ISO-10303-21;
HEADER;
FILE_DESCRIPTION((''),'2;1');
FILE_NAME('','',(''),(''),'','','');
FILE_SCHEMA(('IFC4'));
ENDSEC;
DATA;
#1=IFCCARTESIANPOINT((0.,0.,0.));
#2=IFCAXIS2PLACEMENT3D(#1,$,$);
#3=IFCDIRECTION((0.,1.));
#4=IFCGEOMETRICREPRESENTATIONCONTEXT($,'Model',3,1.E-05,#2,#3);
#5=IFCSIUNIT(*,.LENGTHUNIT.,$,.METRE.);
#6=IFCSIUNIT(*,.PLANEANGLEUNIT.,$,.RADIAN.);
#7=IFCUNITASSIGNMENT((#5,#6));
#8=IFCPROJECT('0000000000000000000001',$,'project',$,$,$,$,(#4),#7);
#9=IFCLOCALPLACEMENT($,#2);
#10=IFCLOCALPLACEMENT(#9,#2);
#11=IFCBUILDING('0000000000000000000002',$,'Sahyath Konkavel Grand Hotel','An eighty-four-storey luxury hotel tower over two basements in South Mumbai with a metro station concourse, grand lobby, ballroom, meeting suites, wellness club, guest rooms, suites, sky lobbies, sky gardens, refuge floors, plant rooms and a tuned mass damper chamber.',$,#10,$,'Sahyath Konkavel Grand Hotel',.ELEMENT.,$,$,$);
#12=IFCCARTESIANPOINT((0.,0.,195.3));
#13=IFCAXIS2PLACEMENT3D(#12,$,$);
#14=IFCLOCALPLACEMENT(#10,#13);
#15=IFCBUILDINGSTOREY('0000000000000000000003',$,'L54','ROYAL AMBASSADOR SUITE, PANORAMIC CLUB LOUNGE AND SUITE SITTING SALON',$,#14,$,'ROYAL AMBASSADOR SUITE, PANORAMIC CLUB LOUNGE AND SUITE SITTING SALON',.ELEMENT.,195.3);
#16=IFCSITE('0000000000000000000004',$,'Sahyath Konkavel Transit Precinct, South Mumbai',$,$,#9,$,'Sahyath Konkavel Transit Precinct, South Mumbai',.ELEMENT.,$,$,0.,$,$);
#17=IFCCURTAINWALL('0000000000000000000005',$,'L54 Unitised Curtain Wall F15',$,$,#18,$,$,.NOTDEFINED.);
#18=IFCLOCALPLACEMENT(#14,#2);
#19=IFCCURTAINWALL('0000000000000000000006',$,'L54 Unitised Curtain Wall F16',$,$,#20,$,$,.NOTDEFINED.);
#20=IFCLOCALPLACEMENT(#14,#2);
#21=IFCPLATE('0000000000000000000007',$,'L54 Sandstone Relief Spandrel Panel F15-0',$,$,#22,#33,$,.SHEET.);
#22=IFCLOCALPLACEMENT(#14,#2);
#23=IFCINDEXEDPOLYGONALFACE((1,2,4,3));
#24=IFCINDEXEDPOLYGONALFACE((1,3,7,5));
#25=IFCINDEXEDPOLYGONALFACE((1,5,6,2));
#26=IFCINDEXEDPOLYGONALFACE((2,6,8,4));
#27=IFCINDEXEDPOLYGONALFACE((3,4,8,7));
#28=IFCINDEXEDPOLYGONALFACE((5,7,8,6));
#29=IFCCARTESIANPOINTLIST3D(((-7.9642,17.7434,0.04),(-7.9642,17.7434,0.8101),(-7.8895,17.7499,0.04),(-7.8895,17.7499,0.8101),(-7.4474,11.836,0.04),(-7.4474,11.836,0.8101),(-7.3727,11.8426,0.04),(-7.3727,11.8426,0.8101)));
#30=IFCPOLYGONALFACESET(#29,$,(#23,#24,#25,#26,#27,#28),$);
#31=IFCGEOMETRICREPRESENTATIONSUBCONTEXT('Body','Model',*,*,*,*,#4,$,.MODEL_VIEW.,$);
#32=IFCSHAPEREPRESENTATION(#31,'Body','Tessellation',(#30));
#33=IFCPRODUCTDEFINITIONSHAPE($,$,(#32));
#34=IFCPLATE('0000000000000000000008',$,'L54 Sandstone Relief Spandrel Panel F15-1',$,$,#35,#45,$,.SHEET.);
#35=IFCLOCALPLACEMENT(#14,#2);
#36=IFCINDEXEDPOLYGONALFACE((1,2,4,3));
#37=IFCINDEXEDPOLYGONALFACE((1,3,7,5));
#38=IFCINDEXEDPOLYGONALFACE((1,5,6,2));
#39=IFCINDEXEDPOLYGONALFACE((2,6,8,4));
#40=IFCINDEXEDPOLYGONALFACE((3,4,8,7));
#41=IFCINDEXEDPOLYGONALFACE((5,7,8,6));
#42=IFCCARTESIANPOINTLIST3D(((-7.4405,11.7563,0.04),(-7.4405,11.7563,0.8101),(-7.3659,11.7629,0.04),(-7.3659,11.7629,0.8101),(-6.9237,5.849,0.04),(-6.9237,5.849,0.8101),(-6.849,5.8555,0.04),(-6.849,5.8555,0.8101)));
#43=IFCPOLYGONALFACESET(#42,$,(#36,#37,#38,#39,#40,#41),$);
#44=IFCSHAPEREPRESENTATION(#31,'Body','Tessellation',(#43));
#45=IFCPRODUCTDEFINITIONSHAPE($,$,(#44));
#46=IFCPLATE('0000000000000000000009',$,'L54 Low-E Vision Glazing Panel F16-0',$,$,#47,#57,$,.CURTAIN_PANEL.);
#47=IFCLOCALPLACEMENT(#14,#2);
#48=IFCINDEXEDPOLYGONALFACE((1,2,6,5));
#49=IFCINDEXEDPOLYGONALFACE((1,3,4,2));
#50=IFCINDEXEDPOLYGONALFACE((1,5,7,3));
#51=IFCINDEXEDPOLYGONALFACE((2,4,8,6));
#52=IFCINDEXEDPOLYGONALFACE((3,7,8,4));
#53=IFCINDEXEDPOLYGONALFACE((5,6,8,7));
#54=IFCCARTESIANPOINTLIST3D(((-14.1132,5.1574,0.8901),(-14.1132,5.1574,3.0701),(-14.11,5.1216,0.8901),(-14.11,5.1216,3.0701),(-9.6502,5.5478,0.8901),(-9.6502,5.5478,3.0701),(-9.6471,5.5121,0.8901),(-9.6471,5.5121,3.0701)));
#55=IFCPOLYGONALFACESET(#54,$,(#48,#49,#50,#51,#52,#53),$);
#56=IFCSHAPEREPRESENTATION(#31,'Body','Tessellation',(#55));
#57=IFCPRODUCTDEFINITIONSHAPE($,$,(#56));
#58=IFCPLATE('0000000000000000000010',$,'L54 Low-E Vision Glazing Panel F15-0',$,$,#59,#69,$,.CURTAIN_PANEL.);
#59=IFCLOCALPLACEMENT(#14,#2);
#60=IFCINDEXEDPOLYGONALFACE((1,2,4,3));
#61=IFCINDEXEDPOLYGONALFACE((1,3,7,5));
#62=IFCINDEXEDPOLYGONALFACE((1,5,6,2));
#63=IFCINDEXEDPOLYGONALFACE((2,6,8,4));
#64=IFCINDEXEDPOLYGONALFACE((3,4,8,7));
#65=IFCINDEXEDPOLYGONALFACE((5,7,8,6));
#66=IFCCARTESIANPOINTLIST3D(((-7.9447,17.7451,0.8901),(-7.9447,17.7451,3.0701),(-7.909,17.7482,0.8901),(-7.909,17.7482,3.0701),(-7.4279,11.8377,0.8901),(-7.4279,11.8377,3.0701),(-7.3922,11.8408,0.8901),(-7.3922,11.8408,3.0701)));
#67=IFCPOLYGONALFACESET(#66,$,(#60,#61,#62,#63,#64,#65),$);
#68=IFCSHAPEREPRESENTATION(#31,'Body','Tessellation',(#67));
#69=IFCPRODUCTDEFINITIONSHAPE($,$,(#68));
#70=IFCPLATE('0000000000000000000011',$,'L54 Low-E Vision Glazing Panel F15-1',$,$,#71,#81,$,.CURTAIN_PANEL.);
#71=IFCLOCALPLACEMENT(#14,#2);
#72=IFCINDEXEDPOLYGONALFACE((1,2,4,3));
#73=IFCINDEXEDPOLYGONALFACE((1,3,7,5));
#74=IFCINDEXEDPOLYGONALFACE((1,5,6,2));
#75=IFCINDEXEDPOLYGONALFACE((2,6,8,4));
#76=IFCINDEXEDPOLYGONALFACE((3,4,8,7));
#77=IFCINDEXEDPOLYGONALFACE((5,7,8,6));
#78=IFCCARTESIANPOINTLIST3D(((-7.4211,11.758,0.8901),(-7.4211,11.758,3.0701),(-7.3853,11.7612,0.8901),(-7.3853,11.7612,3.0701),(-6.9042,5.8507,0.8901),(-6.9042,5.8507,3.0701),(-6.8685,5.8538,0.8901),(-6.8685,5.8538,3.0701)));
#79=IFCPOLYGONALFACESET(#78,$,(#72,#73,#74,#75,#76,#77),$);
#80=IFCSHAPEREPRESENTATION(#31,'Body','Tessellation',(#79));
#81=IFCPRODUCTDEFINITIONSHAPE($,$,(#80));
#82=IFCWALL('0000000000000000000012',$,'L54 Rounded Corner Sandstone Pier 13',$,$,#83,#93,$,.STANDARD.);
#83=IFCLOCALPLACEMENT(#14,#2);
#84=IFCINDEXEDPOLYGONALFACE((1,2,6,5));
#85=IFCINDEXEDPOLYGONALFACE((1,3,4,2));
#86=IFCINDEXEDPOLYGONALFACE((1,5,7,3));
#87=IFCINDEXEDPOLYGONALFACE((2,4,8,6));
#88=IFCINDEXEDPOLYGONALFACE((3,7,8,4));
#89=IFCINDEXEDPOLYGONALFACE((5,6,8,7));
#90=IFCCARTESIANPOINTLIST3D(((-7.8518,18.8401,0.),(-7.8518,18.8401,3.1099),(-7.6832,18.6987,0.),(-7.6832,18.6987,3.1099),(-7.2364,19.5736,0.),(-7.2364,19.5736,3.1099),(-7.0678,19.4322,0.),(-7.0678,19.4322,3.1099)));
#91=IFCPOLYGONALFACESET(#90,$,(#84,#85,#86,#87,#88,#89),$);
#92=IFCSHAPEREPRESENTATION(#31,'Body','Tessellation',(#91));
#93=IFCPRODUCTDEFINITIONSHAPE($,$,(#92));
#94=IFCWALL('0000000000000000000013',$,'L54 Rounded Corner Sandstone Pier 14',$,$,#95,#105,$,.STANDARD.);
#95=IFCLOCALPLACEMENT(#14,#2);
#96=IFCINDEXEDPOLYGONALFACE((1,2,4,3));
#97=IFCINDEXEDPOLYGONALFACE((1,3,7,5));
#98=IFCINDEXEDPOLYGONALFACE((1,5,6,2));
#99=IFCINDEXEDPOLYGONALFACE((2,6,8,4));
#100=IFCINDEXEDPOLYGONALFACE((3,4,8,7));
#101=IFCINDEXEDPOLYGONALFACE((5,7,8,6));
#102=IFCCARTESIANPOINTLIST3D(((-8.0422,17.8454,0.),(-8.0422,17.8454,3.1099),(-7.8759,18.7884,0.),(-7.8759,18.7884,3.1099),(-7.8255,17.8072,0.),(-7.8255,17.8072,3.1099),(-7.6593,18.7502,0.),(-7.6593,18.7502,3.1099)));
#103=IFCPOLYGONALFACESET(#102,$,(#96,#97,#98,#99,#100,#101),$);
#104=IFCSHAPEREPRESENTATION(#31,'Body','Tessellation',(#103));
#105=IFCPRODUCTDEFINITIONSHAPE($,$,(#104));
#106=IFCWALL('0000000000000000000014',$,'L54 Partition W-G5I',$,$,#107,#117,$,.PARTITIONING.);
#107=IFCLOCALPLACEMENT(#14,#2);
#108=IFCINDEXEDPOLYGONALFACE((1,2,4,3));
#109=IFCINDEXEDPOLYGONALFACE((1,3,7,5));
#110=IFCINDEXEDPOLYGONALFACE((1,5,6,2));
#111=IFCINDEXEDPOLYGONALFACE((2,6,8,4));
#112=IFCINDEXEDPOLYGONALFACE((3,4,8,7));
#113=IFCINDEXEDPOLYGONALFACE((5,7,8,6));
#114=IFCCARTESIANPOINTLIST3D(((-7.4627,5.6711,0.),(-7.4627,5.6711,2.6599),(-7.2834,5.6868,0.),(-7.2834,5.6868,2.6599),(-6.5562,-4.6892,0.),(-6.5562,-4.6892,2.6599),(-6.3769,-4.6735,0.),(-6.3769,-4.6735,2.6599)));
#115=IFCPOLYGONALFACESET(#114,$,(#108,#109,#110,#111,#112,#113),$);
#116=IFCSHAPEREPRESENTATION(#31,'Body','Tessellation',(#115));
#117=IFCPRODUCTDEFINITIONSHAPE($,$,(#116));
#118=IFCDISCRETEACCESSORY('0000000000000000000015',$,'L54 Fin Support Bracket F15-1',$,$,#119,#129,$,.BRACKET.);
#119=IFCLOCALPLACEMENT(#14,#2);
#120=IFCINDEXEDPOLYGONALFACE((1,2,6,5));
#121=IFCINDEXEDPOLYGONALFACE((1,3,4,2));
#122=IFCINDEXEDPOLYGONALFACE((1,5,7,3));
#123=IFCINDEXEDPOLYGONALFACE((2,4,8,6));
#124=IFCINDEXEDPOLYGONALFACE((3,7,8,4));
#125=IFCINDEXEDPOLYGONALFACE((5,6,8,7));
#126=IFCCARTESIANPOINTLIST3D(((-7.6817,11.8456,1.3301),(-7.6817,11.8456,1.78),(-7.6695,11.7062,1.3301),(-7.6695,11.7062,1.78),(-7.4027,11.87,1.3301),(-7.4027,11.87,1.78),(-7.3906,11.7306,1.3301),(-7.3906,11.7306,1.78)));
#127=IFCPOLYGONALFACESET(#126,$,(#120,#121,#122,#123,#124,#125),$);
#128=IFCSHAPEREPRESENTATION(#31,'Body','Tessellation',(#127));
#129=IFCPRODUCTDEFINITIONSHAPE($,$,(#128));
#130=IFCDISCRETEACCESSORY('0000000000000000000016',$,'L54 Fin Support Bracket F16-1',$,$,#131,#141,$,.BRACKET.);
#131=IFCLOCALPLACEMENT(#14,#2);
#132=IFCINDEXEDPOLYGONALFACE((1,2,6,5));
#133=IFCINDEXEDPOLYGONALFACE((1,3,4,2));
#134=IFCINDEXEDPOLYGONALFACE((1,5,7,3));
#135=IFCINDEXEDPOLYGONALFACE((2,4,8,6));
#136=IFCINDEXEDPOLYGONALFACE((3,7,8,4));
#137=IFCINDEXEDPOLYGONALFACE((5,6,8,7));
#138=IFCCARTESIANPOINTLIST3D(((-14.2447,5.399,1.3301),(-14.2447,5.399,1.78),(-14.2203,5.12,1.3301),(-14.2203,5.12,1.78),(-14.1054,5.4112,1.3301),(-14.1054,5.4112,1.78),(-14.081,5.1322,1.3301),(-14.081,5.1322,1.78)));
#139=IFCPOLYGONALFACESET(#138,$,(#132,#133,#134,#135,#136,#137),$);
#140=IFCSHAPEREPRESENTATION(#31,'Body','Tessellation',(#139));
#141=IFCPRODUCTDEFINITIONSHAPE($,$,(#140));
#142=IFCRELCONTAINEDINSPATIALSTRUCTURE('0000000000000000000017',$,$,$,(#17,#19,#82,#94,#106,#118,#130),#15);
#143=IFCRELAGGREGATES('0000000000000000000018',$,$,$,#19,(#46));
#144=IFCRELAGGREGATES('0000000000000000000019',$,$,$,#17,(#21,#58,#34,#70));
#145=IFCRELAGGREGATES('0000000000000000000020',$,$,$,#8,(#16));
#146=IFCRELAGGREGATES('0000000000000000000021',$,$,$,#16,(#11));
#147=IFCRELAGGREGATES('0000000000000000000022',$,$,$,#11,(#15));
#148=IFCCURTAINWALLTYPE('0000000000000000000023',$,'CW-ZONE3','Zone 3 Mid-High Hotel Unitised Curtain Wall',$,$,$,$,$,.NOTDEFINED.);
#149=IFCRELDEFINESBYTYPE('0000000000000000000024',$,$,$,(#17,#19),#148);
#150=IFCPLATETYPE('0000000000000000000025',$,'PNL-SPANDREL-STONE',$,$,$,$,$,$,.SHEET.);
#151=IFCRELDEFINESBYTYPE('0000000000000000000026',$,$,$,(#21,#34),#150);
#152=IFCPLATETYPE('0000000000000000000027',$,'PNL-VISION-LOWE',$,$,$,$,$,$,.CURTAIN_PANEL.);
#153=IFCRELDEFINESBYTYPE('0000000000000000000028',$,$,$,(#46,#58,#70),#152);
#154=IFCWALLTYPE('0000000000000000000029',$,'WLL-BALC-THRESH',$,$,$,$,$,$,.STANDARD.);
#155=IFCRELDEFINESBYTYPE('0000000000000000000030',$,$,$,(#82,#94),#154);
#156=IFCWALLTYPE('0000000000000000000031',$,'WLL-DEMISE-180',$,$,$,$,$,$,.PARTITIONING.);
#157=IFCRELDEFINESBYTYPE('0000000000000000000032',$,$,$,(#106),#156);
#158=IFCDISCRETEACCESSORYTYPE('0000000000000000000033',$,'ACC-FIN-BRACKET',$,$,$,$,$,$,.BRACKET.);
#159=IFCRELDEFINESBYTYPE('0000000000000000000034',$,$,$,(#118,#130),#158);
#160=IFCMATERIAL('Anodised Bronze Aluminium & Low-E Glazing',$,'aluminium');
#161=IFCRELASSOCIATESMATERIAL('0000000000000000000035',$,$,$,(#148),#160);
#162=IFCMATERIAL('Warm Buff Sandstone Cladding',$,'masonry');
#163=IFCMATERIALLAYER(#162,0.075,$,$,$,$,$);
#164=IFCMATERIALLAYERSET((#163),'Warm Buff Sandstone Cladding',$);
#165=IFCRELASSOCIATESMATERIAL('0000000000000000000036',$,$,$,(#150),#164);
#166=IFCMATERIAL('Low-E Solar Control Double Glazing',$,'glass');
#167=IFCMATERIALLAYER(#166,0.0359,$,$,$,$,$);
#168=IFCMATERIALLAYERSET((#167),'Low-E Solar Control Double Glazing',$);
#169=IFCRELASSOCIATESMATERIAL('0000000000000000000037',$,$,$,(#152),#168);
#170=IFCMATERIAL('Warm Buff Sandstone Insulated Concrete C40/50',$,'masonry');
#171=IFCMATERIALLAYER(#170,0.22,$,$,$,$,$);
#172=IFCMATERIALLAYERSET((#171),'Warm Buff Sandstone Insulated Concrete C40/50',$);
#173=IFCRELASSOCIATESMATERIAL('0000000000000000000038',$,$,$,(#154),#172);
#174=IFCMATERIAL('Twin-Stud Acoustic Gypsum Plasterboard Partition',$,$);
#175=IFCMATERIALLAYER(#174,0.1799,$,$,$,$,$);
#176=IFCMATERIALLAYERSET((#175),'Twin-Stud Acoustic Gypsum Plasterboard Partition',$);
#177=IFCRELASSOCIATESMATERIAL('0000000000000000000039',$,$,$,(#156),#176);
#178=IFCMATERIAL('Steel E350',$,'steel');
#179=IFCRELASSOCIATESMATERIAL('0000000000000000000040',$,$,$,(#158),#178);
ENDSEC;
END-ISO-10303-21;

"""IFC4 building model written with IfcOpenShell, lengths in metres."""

from ifc_helpers import new_model, si_unit, direction, frame, frame_2d, origin, origin_2d, place, context, subcontext, project, spatial, rectangle, extrude, source, transform, mapped, material, layer, layer_set, type_object, element, aggregate, save


model = new_model("IFC4")

# Units and contexts
model_context = context("Model", 3, precision=1e-05, world=origin(), true_north=direction((0.0, 1.0)))
body_context = subcontext(model_context, "Body", "Model", "MODEL_VIEW")
ifc_project = project(units=[si_unit("LENGTHUNIT", "METRE"), si_unit("PLANEANGLEUNIT", "RADIAN")], contexts=[model_context])

# Site, building, storey
site_placement = place(None, origin())
site = spatial("IfcSite", under=ifc_project, at=site_placement, Name="Sahyath Konkavel Transit Precinct, South Mumbai", LongName="Sahyath Konkavel Transit Precinct, South Mumbai", CompositionType="ELEMENT", RefElevation=0.0)
building_placement = place(site_placement, origin())
building = spatial("IfcBuilding", under=site, at=building_placement, Name="Sahyath Konkavel Grand Hotel", Description="An eighty-four-storey luxury hotel tower over two basements in South Mumbai with a metro station concourse, grand lobby, ballroom, meeting suites, wellness club, guest rooms, suites, sky lobbies, sky gardens, refuge floors, plant rooms and a tuned mass damper chamber.", LongName="Sahyath Konkavel Grand Hotel", CompositionType="ELEMENT")
storey_placement = place(building_placement, frame((0.0, 0.0, 195.3)))
storey = spatial("IfcBuildingStorey", under=building, at=storey_placement, Name="L54", Description="ROYAL AMBASSADOR SUITE, PANORAMIC CLUB LOUNGE AND SUITE SITTING SALON", LongName="ROYAL AMBASSADOR SUITE, PANORAMIC CLUB LOUNGE AND SUITE SITTING SALON", CompositionType="ELEMENT", Elevation=195.3)

# Shared definitions
ifc_material_1 = material(Name="Anodised Bronze Aluminium & Low-E Glazing", Category="aluminium")
curtain_wall_type = type_object("IfcCurtainWallType", Name="CW-ZONE3", Description="Zone 3 Mid-High Hotel Unitised Curtain Wall", PredefinedType="NOTDEFINED", material=ifc_material_1)

# Curtain wall
curtain_wall_1_placement = place(storey_placement, origin())
curtain_wall_1 = element("IfcCurtainWall", 1, at=curtain_wall_1_placement, inside=storey, type_object=curtain_wall_type, Name="L54 Unitised Curtain Wall F15", PredefinedType="NOTDEFINED")

# Curtain wall
curtain_wall_2_placement = place(storey_placement, origin())
curtain_wall_2 = element("IfcCurtainWall", 2, at=curtain_wall_2_placement, inside=storey, type_object=curtain_wall_type, Name="L54 Unitised Curtain Wall F16", PredefinedType="NOTDEFINED")

# Plates
ifc_material_2 = material(Name="Warm Buff Sandstone Cladding", Category="masonry")
ifc_layer_1 = layer(ifc_material_2, 0.075)
ifc_layer_set_1 = layer_set([ifc_layer_1], Name="Warm Buff Sandstone Cladding")
plate_type_1 = type_object("IfcPlateType", Name="PNL-SPANDREL-STONE", PredefinedType="SHEET", material=ifc_layer_set_1)
shared_shape_1 = source(origin(), body_context, "Body", "SweptSolid", [
    extrude(rectangle(XDim=5.9299, YDim=0.075, at=origin_2d()), origin(), (0.0, 0.0, 1.0), 0.77),
])
plate_1_placement = place(storey_placement, frame((-7.6685, 14.793, 0.04), z_axis=(0.0, 0.0, 1.0), x_axis=(0.087156, -0.996195, 0.0)))
plate_1 = element("IfcPlate", 3, at=plate_1_placement, type_object=plate_type_1, Name="L54 Sandstone Relief Spandrel Panel F15-0", PredefinedType="SHEET", context=body_context, shape_type="MappedRepresentation", body=[
    mapped(shared_shape_1, transform((0.0, 0.0, 0.0), scale=1.0)),
])
plate_2_placement = place(storey_placement, frame((-7.1448, 8.8059, 0.04), z_axis=(0.0, 0.0, 1.0), x_axis=(0.087156, -0.996195, 0.0)))
plate_2 = element("IfcPlate", 4, at=plate_2_placement, type_object=plate_type_1, Name="L54 Sandstone Relief Spandrel Panel F15-1", PredefinedType="SHEET", context=body_context, shape_type="MappedRepresentation", body=[
    mapped(shared_shape_1, transform((0.0, 0.0, 0.0), scale=1.0)),
])
ifc_material_3 = material(Name="Low-E Solar Control Double Glazing", Category="glass")
ifc_layer_2 = layer(ifc_material_3, 0.0359)
ifc_layer_set_2 = layer_set([ifc_layer_2], Name="Low-E Solar Control Double Glazing")
plate_type_2 = type_object("IfcPlateType", Name="PNL-VISION-LOWE", PredefinedType="CURTAIN_PANEL", material=ifc_layer_set_2)
shared_shape_2 = source(origin(), body_context, "Body", "SweptSolid", [
    extrude(rectangle(XDim=4.48, YDim=0.0359, at=origin_2d()), origin(), (0.0, 0.0, 1.0), 2.1799),
])
plate_3_placement = place(storey_placement, frame((-11.8801, 5.3347, 0.8901), z_axis=(0.0, 0.0, 1.0), x_axis=(-0.996195, -0.087156, 0.0)))
plate_3 = element("IfcPlate", 5, at=plate_3_placement, type_object=plate_type_2, Name="L54 Low-E Vision Glazing Panel F16-0", PredefinedType="CURTAIN_PANEL", context=body_context, shape_type="MappedRepresentation", body=[
    mapped(shared_shape_2, transform((0.0, 0.0, 0.0), scale=1.0)),
])
aggregate(curtain_wall_2, [plate_3])
shared_shape_3 = source(origin(), body_context, "Body", "SweptSolid", [
    extrude(rectangle(XDim=5.9299, YDim=0.0359, at=origin_2d()), origin(), (0.0, 0.0, 1.0), 2.1799),
])
plate_4_placement = place(storey_placement, frame((-7.6685, 14.793, 0.8901), z_axis=(0.0, 0.0, 1.0), x_axis=(0.087156, -0.996195, 0.0)))
plate_4 = element("IfcPlate", 6, at=plate_4_placement, type_object=plate_type_2, Name="L54 Low-E Vision Glazing Panel F15-0", PredefinedType="CURTAIN_PANEL", context=body_context, shape_type="MappedRepresentation", body=[
    mapped(shared_shape_3, transform((0.0, 0.0, 0.0), scale=1.0)),
])
plate_5_placement = place(storey_placement, frame((-7.1448, 8.8059, 0.8901), z_axis=(0.0, 0.0, 1.0), x_axis=(0.087156, -0.996195, 0.0)))
plate_5 = element("IfcPlate", 7, at=plate_5_placement, type_object=plate_type_2, Name="L54 Low-E Vision Glazing Panel F15-1", PredefinedType="CURTAIN_PANEL", context=body_context, shape_type="MappedRepresentation", body=[
    mapped(shared_shape_3, transform((0.0, 0.0, 0.0), scale=1.0)),
])
aggregate(curtain_wall_1, [plate_1, plate_4, plate_2, plate_5])

# Walls
ifc_material_4 = material(Name="Warm Buff Sandstone Insulated Concrete C40/50", Category="masonry")
ifc_layer_3 = layer(ifc_material_4, 0.22)
ifc_layer_set_3 = layer_set([ifc_layer_3], Name="Warm Buff Sandstone Insulated Concrete C40/50")
wall_type_1 = type_object("IfcWallType", Name="WLL-BALC-THRESH", PredefinedType="STANDARD", material=ifc_layer_set_3)
for number, where, z_axis, x_axis, name in (
    (8, (-7.1521, 19.5029, 0.0), (0.0, 0.0, 1.0), (-0.642714, -0.766107, 0.0), "L54 Rounded Corner Sandstone Pier 13"),
    (9, (-7.7676, 18.7693, 0.0), (0.0, 0.0, 1.0), (-0.173654, -0.984807, 0.0), "L54 Rounded Corner Sandstone Pier 14"),
):
    element("IfcWall", number, at=place(storey_placement, frame(where, z_axis=z_axis, x_axis=x_axis)), inside=storey, type_object=wall_type_1, Name=name, PredefinedType="STANDARD", context=body_context, shape_type="SweptSolid", body=[
        extrude(rectangle(XDim=0.9575, YDim=0.22, at=frame_2d((0.4788, 0.0))), origin(), (0.0, 0.0, 1.0), 3.1099),
    ])
ifc_material_5 = material(Name="Twin-Stud Acoustic Gypsum Plasterboard Partition")
ifc_layer_4 = layer(ifc_material_5, 0.1799)
ifc_layer_set_4 = layer_set([ifc_layer_4], Name="Twin-Stud Acoustic Gypsum Plasterboard Partition")
wall_type_2 = type_object("IfcWallType", Name="WLL-DEMISE-180", PredefinedType="PARTITIONING", material=ifc_layer_set_4)
wall_placement = place(storey_placement, frame((-7.373, 5.679, 0.0), z_axis=(0.0, 0.0, 1.0), x_axis=(0.087163, -0.996194, 0.0)))
element("IfcWall", 10, at=wall_placement, inside=storey, type_object=wall_type_2, Name="L54 Partition W-G5I", PredefinedType="PARTITIONING", context=body_context, shape_type="SweptSolid", body=[
    extrude(rectangle(XDim=10.3999, YDim=0.1799, at=frame_2d((5.2, 0.0))), origin(), (0.0, 0.0, 1.0), 2.6599),
])

# Discrete accessories
ifc_material_6 = material(Name="Steel E350", Category="steel")
discrete_accessory_type = type_object("IfcDiscreteAccessoryType", Name="ACC-FIN-BRACKET", PredefinedType="BRACKET", material=ifc_material_6)
shared_shape_4 = source(origin(), body_context, "Body", "SweptSolid", [
    extrude(rectangle(XDim=0.28, YDim=0.1399, at=origin_2d()), origin(), (0.0, 0.0, 1.0), 0.45),
])
for number, where, z_axis, x_axis, name in (
    (11, (-7.5361, 11.7881, 1.3301), (0.0, 0.0, 1.0), (-0.996195, -0.087156, 0.0), "L54 Fin Support Bracket F15-1"),
    (12, (-14.1628, 5.2656, 1.3301), (0.0, 0.0, 1.0), (-0.087156, 0.996195, 0.0), "L54 Fin Support Bracket F16-1"),
):
    element("IfcDiscreteAccessory", number, at=place(storey_placement, frame(where, z_axis=z_axis, x_axis=x_axis)), inside=storey, type_object=discrete_accessory_type, Name=name, PredefinedType="BRACKET", context=body_context, shape_type="MappedRepresentation", body=[
        mapped(shared_shape_4, transform((0.0, 0.0, 0.0), scale=1.0)),
    ])

save(model, "model.ifc")
